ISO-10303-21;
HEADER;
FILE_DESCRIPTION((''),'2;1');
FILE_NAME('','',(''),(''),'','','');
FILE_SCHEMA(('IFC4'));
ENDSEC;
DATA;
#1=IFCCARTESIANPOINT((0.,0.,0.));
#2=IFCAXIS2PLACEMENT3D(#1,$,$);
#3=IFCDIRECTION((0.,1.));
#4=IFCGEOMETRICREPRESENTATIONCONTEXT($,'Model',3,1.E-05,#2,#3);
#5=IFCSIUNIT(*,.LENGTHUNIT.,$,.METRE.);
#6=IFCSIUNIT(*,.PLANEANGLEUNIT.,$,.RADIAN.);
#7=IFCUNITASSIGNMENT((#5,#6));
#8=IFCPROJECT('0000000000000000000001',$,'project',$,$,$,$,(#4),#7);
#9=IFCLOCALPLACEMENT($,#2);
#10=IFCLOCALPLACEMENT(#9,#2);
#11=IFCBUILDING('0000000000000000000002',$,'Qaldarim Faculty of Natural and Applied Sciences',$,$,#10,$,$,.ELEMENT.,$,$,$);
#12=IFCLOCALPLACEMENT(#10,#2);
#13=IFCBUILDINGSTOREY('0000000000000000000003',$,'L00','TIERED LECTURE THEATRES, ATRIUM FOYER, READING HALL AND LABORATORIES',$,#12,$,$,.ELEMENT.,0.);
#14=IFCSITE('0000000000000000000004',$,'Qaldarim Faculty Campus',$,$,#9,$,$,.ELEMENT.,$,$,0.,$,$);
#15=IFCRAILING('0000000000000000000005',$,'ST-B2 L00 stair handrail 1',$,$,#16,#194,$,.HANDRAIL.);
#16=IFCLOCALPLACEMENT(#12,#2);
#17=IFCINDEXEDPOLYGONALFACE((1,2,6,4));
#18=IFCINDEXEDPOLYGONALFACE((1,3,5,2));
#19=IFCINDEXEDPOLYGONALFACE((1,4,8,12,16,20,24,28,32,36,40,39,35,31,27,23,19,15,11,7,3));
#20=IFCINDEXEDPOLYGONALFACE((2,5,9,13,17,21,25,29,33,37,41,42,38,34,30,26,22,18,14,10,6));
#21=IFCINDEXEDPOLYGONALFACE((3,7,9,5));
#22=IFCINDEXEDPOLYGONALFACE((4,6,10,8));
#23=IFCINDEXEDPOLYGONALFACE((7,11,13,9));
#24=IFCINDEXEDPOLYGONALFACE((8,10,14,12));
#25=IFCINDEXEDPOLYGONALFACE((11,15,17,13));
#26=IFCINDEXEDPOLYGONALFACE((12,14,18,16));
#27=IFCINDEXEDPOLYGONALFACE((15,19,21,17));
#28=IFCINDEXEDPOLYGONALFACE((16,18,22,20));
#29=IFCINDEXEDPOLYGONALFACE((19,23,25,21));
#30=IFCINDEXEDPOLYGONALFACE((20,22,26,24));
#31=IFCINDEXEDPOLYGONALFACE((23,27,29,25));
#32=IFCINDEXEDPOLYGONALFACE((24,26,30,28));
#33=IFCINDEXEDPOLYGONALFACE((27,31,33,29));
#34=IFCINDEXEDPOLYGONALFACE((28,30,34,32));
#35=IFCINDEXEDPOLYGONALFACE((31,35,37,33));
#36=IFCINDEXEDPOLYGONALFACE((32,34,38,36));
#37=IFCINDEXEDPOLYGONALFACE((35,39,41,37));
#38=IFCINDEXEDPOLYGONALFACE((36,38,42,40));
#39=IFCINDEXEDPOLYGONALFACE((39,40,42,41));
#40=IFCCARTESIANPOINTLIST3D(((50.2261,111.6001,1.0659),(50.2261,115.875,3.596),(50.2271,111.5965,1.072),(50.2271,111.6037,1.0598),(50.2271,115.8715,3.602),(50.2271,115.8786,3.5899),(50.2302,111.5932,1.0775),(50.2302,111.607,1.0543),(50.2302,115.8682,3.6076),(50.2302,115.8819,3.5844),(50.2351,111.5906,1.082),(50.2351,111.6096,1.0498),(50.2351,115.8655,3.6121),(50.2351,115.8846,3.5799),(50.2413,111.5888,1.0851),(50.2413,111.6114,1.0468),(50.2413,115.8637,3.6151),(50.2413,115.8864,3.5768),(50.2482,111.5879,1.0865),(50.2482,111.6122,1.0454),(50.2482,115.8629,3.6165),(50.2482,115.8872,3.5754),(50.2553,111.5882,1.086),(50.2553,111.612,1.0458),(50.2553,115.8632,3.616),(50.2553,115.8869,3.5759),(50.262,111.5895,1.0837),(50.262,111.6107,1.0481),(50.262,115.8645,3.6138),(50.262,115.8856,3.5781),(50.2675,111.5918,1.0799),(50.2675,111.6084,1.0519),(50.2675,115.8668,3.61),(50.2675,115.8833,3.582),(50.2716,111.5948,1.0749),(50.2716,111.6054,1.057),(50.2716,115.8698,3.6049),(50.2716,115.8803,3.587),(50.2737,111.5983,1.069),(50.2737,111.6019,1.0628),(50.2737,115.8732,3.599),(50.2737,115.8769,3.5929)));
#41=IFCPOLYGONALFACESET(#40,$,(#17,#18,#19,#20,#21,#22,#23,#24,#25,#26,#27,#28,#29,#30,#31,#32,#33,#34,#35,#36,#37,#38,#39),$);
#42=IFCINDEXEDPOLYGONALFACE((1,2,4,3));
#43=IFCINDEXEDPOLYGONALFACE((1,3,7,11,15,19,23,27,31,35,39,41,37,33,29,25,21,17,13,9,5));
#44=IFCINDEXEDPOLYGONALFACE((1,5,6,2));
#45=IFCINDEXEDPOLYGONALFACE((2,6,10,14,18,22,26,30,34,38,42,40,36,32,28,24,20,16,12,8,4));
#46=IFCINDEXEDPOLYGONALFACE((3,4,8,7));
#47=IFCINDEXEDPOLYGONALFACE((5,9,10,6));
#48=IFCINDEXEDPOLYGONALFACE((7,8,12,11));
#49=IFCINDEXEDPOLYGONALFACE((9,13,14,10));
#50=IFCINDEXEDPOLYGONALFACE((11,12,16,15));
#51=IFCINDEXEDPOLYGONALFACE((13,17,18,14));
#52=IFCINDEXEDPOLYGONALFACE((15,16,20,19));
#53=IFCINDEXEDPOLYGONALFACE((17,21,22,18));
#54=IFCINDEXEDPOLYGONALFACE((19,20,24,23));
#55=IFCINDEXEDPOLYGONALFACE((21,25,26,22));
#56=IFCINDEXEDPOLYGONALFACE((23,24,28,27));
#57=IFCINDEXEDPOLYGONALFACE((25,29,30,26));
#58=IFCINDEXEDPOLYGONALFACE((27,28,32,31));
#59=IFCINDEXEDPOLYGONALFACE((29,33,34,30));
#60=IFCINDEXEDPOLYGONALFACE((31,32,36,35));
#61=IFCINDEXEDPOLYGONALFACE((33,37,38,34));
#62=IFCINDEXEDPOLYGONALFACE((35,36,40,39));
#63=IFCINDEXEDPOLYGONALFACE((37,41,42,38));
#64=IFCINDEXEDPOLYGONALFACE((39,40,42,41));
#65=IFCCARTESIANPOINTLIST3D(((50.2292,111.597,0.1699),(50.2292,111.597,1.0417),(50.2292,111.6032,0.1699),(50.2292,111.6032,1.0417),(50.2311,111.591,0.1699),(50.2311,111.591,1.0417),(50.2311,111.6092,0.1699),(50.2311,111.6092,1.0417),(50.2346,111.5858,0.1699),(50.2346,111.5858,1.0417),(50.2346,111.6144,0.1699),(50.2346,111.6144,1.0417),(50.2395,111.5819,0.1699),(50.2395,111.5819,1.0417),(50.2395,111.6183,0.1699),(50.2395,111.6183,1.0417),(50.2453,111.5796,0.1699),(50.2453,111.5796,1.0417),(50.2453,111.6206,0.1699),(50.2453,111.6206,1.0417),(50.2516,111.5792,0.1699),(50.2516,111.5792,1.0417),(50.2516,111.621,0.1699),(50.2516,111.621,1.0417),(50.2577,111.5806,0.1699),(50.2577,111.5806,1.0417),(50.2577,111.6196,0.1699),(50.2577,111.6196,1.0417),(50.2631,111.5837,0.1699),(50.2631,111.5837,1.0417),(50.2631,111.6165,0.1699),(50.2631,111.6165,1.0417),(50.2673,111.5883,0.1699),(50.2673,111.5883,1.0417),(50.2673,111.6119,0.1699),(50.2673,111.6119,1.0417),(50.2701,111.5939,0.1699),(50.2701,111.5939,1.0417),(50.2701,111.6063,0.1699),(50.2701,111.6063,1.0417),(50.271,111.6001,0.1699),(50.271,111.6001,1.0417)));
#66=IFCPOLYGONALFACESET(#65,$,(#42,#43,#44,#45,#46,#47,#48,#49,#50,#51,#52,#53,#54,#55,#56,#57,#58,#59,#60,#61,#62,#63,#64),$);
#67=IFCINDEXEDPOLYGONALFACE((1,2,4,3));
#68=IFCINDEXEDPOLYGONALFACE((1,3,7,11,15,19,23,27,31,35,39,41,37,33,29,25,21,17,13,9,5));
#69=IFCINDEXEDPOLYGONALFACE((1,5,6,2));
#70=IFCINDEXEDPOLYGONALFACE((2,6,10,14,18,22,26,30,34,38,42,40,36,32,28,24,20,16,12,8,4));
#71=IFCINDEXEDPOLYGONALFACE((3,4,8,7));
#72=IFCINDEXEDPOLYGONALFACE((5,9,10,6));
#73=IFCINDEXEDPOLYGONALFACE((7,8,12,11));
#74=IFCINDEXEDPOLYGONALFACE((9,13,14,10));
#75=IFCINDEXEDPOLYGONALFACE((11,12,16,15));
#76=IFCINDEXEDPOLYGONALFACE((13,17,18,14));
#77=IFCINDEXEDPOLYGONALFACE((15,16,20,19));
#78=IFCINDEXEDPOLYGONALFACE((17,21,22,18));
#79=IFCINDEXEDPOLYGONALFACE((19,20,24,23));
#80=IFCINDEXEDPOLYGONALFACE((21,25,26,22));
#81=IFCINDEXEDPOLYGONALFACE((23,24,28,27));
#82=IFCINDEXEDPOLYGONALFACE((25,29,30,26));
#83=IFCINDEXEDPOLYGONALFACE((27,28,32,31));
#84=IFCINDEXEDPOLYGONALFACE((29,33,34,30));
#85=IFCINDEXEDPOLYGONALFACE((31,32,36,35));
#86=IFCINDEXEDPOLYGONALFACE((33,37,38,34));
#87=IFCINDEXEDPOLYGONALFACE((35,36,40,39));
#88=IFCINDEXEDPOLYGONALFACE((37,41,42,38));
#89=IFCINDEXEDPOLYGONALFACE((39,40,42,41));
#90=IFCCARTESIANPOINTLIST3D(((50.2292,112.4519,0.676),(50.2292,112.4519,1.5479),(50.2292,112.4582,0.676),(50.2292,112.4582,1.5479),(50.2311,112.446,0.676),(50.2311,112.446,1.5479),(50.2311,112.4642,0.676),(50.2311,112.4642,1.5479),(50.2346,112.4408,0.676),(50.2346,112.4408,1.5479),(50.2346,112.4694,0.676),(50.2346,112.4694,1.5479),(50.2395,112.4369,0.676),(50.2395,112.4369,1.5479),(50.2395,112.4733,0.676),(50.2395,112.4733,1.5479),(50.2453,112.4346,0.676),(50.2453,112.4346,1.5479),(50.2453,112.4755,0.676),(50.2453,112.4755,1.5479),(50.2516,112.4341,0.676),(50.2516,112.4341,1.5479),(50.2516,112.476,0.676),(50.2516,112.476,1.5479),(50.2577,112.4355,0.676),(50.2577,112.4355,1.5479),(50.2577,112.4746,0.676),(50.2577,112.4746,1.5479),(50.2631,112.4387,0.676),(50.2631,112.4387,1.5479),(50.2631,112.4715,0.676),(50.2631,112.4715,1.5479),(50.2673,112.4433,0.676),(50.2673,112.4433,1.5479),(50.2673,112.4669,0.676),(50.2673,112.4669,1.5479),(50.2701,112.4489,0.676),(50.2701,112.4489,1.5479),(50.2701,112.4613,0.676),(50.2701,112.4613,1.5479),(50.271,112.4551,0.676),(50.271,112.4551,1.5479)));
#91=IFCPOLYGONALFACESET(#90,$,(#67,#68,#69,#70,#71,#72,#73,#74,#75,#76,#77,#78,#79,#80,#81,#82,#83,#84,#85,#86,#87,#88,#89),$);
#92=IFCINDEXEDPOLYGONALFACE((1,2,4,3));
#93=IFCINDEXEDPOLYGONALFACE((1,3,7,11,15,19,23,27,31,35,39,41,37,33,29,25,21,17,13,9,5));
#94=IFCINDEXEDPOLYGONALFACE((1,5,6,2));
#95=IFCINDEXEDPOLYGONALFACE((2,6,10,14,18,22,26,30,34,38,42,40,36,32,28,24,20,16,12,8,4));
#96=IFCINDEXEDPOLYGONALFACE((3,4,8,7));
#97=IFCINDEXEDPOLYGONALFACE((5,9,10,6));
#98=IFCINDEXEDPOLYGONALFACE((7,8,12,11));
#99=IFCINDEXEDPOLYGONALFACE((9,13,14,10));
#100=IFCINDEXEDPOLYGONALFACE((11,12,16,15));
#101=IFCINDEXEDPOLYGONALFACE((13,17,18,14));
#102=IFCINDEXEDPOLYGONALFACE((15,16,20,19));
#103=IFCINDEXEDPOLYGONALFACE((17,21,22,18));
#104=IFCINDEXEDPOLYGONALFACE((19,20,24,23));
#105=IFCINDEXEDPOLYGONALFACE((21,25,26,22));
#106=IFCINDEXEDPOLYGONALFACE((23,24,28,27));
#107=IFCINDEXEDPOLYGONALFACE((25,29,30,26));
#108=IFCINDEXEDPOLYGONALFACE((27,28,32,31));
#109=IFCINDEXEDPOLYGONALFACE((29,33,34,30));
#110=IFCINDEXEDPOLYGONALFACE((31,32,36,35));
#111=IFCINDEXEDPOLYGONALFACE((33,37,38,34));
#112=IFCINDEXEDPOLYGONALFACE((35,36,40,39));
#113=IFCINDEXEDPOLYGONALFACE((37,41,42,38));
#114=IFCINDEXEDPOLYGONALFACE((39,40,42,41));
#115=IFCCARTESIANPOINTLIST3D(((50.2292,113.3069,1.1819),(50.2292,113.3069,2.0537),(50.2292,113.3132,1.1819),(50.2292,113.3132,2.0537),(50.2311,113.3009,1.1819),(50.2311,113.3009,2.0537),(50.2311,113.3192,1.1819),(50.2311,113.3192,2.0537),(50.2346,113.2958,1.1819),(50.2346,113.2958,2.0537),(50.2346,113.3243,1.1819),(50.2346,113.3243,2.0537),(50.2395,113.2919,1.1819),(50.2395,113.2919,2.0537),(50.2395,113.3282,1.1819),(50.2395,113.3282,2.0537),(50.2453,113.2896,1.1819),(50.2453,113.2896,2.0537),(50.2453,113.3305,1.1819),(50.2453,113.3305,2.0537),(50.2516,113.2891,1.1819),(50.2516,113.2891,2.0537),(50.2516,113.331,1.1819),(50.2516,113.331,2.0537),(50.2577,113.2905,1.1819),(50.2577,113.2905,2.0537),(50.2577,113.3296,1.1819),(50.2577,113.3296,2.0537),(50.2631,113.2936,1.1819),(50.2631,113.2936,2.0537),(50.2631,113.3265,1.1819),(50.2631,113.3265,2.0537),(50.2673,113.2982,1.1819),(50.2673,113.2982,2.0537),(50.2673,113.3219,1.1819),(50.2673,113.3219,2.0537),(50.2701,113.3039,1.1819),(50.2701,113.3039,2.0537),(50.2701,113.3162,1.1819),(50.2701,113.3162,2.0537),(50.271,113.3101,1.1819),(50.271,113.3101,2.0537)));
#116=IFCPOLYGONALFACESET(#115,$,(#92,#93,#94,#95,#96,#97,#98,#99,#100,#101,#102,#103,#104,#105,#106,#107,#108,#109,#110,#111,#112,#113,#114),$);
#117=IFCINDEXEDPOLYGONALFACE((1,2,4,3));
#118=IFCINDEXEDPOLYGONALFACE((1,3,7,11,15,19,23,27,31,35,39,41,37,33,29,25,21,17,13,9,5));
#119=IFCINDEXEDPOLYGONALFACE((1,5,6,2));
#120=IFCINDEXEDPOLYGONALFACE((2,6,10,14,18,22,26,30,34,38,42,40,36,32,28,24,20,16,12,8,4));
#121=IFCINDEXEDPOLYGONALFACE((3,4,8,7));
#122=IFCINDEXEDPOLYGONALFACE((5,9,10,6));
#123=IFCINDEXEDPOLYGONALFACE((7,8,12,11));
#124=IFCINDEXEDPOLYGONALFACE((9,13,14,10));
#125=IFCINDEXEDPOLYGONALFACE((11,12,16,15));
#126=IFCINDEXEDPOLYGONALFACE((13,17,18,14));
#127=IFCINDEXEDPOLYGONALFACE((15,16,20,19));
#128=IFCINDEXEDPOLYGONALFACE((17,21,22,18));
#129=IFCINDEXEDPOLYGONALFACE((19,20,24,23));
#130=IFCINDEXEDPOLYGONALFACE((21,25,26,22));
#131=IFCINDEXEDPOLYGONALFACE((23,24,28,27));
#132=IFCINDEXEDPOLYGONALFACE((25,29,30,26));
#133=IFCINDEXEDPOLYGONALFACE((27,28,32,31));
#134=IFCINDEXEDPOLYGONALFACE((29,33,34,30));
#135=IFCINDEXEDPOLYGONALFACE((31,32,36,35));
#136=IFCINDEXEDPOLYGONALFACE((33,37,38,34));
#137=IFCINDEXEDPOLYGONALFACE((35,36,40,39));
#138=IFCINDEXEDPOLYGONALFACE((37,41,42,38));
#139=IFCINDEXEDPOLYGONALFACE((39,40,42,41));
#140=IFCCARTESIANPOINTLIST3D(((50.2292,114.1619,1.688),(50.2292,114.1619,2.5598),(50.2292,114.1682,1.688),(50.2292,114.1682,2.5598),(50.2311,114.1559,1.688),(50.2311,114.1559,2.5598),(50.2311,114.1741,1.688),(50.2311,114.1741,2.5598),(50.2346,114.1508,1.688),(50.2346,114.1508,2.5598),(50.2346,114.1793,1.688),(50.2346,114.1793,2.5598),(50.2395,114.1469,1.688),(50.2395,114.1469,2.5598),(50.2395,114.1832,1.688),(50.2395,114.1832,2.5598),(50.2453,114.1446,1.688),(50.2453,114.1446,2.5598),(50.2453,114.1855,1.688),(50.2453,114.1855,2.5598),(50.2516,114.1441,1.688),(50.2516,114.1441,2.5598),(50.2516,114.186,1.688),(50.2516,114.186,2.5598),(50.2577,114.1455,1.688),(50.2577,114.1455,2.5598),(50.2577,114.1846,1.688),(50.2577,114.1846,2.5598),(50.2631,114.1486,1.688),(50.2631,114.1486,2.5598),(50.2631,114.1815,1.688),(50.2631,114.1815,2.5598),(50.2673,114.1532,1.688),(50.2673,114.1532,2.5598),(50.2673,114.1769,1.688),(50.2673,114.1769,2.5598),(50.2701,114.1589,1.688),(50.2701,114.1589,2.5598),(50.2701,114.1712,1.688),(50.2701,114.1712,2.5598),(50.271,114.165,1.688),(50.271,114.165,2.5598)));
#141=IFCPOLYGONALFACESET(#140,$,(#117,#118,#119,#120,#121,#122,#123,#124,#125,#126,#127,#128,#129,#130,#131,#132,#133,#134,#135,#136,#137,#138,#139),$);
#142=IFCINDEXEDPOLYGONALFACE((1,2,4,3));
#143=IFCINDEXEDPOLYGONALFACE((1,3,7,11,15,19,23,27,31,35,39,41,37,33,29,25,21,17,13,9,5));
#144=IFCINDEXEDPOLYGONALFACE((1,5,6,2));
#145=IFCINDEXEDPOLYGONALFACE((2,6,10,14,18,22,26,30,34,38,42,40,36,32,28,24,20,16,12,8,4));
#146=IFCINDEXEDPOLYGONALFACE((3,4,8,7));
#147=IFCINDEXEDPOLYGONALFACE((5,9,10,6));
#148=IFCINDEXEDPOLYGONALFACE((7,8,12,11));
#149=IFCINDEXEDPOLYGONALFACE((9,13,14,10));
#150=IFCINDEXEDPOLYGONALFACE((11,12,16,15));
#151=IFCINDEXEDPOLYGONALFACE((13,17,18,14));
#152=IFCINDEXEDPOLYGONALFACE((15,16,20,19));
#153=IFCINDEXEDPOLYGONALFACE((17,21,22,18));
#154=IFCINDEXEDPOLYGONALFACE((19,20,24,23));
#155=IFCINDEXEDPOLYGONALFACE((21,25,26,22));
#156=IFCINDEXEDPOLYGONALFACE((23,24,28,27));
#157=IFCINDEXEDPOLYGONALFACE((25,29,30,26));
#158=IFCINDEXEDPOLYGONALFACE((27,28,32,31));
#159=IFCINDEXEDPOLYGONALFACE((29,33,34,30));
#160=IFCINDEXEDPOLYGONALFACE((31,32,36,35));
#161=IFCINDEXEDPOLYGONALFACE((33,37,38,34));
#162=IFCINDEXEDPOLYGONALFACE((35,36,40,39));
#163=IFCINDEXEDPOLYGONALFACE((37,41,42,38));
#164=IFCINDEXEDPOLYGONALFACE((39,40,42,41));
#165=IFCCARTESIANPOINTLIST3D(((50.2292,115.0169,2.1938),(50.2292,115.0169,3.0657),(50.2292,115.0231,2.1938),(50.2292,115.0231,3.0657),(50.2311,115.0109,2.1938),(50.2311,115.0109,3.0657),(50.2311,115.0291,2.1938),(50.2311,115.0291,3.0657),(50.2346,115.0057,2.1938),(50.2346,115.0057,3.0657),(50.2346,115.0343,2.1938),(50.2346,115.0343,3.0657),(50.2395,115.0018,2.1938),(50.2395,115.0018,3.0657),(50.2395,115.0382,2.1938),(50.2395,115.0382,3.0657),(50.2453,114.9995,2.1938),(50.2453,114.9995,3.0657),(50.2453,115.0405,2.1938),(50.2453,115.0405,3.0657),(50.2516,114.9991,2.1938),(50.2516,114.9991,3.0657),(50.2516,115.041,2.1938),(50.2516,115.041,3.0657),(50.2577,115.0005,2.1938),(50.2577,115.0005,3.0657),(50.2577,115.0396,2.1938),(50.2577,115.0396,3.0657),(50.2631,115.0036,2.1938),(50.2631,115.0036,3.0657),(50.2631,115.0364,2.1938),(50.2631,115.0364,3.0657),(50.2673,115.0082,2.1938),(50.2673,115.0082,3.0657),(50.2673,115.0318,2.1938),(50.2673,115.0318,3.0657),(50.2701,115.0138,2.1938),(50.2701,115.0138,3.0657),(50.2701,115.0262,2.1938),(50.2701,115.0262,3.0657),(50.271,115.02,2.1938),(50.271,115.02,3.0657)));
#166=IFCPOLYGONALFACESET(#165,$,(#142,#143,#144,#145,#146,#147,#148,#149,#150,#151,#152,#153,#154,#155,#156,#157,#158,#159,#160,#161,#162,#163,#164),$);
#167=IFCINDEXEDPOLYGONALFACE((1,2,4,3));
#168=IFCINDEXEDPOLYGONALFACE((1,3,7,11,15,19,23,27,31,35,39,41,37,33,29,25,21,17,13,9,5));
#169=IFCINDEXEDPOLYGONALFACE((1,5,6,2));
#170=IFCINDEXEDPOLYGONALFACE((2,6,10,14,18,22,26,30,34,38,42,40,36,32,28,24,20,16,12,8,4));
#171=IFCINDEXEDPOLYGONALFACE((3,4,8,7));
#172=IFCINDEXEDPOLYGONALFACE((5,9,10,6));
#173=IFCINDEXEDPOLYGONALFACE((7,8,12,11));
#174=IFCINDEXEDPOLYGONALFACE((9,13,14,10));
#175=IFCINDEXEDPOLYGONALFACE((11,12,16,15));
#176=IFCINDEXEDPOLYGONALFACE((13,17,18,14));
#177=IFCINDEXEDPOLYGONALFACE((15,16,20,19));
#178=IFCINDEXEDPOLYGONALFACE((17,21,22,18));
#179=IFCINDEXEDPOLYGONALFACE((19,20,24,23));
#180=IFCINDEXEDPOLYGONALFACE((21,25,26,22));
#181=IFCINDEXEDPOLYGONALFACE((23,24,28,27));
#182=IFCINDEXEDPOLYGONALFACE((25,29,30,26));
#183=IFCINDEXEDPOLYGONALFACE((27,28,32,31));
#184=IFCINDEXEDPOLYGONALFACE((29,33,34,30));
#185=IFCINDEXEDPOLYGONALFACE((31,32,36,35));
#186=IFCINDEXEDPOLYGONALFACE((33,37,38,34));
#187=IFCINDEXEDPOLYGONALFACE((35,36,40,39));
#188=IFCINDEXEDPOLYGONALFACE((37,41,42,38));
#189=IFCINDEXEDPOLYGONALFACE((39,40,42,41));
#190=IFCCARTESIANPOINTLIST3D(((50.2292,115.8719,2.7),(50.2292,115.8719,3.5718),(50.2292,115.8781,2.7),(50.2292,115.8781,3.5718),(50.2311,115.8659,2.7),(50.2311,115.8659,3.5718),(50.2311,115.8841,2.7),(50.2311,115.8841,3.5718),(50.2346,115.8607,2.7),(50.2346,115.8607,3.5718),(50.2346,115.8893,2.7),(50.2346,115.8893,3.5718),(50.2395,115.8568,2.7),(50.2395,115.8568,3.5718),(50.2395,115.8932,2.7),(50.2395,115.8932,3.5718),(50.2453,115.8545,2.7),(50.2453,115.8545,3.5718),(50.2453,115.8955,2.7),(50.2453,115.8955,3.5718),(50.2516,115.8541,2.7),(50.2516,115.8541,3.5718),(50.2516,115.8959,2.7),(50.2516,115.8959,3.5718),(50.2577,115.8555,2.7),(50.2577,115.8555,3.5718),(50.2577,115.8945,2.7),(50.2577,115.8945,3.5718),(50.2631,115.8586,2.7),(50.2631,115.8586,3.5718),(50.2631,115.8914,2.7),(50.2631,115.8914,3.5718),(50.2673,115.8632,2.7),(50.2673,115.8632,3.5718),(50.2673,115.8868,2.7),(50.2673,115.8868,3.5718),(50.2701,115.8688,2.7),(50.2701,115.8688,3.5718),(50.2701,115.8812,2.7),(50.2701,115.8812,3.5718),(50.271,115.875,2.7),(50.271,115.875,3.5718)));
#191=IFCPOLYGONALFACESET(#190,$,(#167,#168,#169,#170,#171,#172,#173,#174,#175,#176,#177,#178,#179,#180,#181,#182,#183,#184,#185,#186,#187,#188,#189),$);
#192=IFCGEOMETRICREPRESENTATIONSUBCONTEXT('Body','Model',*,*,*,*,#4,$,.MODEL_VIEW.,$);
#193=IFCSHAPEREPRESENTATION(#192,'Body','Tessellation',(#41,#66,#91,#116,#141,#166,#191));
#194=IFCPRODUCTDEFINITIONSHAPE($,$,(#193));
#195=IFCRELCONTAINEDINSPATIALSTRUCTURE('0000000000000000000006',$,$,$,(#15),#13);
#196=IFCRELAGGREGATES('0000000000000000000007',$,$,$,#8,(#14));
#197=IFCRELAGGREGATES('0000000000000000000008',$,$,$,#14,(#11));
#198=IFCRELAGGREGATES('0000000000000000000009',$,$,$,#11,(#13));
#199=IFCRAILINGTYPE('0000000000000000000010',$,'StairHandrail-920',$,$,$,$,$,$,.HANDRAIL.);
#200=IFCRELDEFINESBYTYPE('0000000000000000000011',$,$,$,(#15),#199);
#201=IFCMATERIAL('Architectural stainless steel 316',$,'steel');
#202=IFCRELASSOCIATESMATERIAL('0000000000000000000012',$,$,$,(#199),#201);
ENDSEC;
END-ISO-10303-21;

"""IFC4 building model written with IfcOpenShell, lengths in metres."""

from ifc_helpers import new_model, si_unit, direction, frame, origin, origin_2d, place, context, subcontext, project, spatial, circle, extrude, material, type_object, element, save


model = new_model("IFC4")

# Units and contexts
model_context = context("Model", 3, precision=1e-05, world=origin(), true_north=direction((0.0, 1.0)))
body_context = subcontext(model_context, "Body", "Model", "MODEL_VIEW")
ifc_project = project(units=[si_unit("LENGTHUNIT", "METRE"), si_unit("PLANEANGLEUNIT", "RADIAN")], contexts=[model_context])

# Site, building, storey
site_placement = place(None, origin())
site = spatial("IfcSite", under=ifc_project, at=site_placement, Name="Qaldarim Faculty Campus", CompositionType="ELEMENT", RefElevation=0.0)
building_placement = place(site_placement, origin())
building = spatial("IfcBuilding", under=site, at=building_placement, Name="Qaldarim Faculty of Natural and Applied Sciences", CompositionType="ELEMENT")
storey_placement = place(building_placement, origin())
storey = spatial("IfcBuildingStorey", under=building, at=storey_placement, Name="L00", Description="TIERED LECTURE THEATRES, ATRIUM FOYER, READING HALL AND LABORATORIES", CompositionType="ELEMENT", Elevation=0.0)

# Shared definitions
ifc_material_1 = material(Name="Architectural stainless steel 316", Category="steel")

# Railing
railing_type_1 = type_object("IfcRailingType", Name="StairHandrail-920", PredefinedType="HANDRAIL", material=ifc_material_1)
railing_1_placement = place(storey_placement, frame((50.25, 111.6001, 0.1699)))
element("IfcRailing", 1, at=railing_1_placement, inside=storey, type_object=railing_type_1, Name="ST-B2 L00 stair handrail 1", PredefinedType="HANDRAIL", context=body_context, shape_type="SweptSolid", body=[
    extrude(circle(Radius=0.0239, at=origin_2d()), frame((0.0, 0.0, 0.896), z_axis=(0.0, 0.860578, 0.509319), x_axis=(-1.0, 0.0, 0.0)), (0.0, 0.0, 1.0), 4.9675),
    extrude(circle(Radius=0.021, at=origin_2d()), origin(), (0.0, 0.0, 1.0), 0.8718),
    extrude(circle(Radius=0.021, at=origin_2d()), frame((0.0, 0.855, 0.5061)), (0.0, 0.0, 1.0), 0.8718),
    extrude(circle(Radius=0.021, at=origin_2d()), frame((0.0, 1.71, 1.012)), (0.0, 0.0, 1.0), 0.8718),
    extrude(circle(Radius=0.021, at=origin_2d()), frame((0.0, 2.5649, 1.5181)), (0.0, 0.0, 1.0), 0.8718),
    extrude(circle(Radius=0.021, at=origin_2d()), frame((0.0, 3.4199, 2.0239)), (0.0, 0.0, 1.0), 0.8718),
    extrude(circle(Radius=0.021, at=origin_2d()), frame((0.0, 4.2749, 2.53)), (0.0, 0.0, 1.0), 0.8718),
])

save(model, "model.ifc")
